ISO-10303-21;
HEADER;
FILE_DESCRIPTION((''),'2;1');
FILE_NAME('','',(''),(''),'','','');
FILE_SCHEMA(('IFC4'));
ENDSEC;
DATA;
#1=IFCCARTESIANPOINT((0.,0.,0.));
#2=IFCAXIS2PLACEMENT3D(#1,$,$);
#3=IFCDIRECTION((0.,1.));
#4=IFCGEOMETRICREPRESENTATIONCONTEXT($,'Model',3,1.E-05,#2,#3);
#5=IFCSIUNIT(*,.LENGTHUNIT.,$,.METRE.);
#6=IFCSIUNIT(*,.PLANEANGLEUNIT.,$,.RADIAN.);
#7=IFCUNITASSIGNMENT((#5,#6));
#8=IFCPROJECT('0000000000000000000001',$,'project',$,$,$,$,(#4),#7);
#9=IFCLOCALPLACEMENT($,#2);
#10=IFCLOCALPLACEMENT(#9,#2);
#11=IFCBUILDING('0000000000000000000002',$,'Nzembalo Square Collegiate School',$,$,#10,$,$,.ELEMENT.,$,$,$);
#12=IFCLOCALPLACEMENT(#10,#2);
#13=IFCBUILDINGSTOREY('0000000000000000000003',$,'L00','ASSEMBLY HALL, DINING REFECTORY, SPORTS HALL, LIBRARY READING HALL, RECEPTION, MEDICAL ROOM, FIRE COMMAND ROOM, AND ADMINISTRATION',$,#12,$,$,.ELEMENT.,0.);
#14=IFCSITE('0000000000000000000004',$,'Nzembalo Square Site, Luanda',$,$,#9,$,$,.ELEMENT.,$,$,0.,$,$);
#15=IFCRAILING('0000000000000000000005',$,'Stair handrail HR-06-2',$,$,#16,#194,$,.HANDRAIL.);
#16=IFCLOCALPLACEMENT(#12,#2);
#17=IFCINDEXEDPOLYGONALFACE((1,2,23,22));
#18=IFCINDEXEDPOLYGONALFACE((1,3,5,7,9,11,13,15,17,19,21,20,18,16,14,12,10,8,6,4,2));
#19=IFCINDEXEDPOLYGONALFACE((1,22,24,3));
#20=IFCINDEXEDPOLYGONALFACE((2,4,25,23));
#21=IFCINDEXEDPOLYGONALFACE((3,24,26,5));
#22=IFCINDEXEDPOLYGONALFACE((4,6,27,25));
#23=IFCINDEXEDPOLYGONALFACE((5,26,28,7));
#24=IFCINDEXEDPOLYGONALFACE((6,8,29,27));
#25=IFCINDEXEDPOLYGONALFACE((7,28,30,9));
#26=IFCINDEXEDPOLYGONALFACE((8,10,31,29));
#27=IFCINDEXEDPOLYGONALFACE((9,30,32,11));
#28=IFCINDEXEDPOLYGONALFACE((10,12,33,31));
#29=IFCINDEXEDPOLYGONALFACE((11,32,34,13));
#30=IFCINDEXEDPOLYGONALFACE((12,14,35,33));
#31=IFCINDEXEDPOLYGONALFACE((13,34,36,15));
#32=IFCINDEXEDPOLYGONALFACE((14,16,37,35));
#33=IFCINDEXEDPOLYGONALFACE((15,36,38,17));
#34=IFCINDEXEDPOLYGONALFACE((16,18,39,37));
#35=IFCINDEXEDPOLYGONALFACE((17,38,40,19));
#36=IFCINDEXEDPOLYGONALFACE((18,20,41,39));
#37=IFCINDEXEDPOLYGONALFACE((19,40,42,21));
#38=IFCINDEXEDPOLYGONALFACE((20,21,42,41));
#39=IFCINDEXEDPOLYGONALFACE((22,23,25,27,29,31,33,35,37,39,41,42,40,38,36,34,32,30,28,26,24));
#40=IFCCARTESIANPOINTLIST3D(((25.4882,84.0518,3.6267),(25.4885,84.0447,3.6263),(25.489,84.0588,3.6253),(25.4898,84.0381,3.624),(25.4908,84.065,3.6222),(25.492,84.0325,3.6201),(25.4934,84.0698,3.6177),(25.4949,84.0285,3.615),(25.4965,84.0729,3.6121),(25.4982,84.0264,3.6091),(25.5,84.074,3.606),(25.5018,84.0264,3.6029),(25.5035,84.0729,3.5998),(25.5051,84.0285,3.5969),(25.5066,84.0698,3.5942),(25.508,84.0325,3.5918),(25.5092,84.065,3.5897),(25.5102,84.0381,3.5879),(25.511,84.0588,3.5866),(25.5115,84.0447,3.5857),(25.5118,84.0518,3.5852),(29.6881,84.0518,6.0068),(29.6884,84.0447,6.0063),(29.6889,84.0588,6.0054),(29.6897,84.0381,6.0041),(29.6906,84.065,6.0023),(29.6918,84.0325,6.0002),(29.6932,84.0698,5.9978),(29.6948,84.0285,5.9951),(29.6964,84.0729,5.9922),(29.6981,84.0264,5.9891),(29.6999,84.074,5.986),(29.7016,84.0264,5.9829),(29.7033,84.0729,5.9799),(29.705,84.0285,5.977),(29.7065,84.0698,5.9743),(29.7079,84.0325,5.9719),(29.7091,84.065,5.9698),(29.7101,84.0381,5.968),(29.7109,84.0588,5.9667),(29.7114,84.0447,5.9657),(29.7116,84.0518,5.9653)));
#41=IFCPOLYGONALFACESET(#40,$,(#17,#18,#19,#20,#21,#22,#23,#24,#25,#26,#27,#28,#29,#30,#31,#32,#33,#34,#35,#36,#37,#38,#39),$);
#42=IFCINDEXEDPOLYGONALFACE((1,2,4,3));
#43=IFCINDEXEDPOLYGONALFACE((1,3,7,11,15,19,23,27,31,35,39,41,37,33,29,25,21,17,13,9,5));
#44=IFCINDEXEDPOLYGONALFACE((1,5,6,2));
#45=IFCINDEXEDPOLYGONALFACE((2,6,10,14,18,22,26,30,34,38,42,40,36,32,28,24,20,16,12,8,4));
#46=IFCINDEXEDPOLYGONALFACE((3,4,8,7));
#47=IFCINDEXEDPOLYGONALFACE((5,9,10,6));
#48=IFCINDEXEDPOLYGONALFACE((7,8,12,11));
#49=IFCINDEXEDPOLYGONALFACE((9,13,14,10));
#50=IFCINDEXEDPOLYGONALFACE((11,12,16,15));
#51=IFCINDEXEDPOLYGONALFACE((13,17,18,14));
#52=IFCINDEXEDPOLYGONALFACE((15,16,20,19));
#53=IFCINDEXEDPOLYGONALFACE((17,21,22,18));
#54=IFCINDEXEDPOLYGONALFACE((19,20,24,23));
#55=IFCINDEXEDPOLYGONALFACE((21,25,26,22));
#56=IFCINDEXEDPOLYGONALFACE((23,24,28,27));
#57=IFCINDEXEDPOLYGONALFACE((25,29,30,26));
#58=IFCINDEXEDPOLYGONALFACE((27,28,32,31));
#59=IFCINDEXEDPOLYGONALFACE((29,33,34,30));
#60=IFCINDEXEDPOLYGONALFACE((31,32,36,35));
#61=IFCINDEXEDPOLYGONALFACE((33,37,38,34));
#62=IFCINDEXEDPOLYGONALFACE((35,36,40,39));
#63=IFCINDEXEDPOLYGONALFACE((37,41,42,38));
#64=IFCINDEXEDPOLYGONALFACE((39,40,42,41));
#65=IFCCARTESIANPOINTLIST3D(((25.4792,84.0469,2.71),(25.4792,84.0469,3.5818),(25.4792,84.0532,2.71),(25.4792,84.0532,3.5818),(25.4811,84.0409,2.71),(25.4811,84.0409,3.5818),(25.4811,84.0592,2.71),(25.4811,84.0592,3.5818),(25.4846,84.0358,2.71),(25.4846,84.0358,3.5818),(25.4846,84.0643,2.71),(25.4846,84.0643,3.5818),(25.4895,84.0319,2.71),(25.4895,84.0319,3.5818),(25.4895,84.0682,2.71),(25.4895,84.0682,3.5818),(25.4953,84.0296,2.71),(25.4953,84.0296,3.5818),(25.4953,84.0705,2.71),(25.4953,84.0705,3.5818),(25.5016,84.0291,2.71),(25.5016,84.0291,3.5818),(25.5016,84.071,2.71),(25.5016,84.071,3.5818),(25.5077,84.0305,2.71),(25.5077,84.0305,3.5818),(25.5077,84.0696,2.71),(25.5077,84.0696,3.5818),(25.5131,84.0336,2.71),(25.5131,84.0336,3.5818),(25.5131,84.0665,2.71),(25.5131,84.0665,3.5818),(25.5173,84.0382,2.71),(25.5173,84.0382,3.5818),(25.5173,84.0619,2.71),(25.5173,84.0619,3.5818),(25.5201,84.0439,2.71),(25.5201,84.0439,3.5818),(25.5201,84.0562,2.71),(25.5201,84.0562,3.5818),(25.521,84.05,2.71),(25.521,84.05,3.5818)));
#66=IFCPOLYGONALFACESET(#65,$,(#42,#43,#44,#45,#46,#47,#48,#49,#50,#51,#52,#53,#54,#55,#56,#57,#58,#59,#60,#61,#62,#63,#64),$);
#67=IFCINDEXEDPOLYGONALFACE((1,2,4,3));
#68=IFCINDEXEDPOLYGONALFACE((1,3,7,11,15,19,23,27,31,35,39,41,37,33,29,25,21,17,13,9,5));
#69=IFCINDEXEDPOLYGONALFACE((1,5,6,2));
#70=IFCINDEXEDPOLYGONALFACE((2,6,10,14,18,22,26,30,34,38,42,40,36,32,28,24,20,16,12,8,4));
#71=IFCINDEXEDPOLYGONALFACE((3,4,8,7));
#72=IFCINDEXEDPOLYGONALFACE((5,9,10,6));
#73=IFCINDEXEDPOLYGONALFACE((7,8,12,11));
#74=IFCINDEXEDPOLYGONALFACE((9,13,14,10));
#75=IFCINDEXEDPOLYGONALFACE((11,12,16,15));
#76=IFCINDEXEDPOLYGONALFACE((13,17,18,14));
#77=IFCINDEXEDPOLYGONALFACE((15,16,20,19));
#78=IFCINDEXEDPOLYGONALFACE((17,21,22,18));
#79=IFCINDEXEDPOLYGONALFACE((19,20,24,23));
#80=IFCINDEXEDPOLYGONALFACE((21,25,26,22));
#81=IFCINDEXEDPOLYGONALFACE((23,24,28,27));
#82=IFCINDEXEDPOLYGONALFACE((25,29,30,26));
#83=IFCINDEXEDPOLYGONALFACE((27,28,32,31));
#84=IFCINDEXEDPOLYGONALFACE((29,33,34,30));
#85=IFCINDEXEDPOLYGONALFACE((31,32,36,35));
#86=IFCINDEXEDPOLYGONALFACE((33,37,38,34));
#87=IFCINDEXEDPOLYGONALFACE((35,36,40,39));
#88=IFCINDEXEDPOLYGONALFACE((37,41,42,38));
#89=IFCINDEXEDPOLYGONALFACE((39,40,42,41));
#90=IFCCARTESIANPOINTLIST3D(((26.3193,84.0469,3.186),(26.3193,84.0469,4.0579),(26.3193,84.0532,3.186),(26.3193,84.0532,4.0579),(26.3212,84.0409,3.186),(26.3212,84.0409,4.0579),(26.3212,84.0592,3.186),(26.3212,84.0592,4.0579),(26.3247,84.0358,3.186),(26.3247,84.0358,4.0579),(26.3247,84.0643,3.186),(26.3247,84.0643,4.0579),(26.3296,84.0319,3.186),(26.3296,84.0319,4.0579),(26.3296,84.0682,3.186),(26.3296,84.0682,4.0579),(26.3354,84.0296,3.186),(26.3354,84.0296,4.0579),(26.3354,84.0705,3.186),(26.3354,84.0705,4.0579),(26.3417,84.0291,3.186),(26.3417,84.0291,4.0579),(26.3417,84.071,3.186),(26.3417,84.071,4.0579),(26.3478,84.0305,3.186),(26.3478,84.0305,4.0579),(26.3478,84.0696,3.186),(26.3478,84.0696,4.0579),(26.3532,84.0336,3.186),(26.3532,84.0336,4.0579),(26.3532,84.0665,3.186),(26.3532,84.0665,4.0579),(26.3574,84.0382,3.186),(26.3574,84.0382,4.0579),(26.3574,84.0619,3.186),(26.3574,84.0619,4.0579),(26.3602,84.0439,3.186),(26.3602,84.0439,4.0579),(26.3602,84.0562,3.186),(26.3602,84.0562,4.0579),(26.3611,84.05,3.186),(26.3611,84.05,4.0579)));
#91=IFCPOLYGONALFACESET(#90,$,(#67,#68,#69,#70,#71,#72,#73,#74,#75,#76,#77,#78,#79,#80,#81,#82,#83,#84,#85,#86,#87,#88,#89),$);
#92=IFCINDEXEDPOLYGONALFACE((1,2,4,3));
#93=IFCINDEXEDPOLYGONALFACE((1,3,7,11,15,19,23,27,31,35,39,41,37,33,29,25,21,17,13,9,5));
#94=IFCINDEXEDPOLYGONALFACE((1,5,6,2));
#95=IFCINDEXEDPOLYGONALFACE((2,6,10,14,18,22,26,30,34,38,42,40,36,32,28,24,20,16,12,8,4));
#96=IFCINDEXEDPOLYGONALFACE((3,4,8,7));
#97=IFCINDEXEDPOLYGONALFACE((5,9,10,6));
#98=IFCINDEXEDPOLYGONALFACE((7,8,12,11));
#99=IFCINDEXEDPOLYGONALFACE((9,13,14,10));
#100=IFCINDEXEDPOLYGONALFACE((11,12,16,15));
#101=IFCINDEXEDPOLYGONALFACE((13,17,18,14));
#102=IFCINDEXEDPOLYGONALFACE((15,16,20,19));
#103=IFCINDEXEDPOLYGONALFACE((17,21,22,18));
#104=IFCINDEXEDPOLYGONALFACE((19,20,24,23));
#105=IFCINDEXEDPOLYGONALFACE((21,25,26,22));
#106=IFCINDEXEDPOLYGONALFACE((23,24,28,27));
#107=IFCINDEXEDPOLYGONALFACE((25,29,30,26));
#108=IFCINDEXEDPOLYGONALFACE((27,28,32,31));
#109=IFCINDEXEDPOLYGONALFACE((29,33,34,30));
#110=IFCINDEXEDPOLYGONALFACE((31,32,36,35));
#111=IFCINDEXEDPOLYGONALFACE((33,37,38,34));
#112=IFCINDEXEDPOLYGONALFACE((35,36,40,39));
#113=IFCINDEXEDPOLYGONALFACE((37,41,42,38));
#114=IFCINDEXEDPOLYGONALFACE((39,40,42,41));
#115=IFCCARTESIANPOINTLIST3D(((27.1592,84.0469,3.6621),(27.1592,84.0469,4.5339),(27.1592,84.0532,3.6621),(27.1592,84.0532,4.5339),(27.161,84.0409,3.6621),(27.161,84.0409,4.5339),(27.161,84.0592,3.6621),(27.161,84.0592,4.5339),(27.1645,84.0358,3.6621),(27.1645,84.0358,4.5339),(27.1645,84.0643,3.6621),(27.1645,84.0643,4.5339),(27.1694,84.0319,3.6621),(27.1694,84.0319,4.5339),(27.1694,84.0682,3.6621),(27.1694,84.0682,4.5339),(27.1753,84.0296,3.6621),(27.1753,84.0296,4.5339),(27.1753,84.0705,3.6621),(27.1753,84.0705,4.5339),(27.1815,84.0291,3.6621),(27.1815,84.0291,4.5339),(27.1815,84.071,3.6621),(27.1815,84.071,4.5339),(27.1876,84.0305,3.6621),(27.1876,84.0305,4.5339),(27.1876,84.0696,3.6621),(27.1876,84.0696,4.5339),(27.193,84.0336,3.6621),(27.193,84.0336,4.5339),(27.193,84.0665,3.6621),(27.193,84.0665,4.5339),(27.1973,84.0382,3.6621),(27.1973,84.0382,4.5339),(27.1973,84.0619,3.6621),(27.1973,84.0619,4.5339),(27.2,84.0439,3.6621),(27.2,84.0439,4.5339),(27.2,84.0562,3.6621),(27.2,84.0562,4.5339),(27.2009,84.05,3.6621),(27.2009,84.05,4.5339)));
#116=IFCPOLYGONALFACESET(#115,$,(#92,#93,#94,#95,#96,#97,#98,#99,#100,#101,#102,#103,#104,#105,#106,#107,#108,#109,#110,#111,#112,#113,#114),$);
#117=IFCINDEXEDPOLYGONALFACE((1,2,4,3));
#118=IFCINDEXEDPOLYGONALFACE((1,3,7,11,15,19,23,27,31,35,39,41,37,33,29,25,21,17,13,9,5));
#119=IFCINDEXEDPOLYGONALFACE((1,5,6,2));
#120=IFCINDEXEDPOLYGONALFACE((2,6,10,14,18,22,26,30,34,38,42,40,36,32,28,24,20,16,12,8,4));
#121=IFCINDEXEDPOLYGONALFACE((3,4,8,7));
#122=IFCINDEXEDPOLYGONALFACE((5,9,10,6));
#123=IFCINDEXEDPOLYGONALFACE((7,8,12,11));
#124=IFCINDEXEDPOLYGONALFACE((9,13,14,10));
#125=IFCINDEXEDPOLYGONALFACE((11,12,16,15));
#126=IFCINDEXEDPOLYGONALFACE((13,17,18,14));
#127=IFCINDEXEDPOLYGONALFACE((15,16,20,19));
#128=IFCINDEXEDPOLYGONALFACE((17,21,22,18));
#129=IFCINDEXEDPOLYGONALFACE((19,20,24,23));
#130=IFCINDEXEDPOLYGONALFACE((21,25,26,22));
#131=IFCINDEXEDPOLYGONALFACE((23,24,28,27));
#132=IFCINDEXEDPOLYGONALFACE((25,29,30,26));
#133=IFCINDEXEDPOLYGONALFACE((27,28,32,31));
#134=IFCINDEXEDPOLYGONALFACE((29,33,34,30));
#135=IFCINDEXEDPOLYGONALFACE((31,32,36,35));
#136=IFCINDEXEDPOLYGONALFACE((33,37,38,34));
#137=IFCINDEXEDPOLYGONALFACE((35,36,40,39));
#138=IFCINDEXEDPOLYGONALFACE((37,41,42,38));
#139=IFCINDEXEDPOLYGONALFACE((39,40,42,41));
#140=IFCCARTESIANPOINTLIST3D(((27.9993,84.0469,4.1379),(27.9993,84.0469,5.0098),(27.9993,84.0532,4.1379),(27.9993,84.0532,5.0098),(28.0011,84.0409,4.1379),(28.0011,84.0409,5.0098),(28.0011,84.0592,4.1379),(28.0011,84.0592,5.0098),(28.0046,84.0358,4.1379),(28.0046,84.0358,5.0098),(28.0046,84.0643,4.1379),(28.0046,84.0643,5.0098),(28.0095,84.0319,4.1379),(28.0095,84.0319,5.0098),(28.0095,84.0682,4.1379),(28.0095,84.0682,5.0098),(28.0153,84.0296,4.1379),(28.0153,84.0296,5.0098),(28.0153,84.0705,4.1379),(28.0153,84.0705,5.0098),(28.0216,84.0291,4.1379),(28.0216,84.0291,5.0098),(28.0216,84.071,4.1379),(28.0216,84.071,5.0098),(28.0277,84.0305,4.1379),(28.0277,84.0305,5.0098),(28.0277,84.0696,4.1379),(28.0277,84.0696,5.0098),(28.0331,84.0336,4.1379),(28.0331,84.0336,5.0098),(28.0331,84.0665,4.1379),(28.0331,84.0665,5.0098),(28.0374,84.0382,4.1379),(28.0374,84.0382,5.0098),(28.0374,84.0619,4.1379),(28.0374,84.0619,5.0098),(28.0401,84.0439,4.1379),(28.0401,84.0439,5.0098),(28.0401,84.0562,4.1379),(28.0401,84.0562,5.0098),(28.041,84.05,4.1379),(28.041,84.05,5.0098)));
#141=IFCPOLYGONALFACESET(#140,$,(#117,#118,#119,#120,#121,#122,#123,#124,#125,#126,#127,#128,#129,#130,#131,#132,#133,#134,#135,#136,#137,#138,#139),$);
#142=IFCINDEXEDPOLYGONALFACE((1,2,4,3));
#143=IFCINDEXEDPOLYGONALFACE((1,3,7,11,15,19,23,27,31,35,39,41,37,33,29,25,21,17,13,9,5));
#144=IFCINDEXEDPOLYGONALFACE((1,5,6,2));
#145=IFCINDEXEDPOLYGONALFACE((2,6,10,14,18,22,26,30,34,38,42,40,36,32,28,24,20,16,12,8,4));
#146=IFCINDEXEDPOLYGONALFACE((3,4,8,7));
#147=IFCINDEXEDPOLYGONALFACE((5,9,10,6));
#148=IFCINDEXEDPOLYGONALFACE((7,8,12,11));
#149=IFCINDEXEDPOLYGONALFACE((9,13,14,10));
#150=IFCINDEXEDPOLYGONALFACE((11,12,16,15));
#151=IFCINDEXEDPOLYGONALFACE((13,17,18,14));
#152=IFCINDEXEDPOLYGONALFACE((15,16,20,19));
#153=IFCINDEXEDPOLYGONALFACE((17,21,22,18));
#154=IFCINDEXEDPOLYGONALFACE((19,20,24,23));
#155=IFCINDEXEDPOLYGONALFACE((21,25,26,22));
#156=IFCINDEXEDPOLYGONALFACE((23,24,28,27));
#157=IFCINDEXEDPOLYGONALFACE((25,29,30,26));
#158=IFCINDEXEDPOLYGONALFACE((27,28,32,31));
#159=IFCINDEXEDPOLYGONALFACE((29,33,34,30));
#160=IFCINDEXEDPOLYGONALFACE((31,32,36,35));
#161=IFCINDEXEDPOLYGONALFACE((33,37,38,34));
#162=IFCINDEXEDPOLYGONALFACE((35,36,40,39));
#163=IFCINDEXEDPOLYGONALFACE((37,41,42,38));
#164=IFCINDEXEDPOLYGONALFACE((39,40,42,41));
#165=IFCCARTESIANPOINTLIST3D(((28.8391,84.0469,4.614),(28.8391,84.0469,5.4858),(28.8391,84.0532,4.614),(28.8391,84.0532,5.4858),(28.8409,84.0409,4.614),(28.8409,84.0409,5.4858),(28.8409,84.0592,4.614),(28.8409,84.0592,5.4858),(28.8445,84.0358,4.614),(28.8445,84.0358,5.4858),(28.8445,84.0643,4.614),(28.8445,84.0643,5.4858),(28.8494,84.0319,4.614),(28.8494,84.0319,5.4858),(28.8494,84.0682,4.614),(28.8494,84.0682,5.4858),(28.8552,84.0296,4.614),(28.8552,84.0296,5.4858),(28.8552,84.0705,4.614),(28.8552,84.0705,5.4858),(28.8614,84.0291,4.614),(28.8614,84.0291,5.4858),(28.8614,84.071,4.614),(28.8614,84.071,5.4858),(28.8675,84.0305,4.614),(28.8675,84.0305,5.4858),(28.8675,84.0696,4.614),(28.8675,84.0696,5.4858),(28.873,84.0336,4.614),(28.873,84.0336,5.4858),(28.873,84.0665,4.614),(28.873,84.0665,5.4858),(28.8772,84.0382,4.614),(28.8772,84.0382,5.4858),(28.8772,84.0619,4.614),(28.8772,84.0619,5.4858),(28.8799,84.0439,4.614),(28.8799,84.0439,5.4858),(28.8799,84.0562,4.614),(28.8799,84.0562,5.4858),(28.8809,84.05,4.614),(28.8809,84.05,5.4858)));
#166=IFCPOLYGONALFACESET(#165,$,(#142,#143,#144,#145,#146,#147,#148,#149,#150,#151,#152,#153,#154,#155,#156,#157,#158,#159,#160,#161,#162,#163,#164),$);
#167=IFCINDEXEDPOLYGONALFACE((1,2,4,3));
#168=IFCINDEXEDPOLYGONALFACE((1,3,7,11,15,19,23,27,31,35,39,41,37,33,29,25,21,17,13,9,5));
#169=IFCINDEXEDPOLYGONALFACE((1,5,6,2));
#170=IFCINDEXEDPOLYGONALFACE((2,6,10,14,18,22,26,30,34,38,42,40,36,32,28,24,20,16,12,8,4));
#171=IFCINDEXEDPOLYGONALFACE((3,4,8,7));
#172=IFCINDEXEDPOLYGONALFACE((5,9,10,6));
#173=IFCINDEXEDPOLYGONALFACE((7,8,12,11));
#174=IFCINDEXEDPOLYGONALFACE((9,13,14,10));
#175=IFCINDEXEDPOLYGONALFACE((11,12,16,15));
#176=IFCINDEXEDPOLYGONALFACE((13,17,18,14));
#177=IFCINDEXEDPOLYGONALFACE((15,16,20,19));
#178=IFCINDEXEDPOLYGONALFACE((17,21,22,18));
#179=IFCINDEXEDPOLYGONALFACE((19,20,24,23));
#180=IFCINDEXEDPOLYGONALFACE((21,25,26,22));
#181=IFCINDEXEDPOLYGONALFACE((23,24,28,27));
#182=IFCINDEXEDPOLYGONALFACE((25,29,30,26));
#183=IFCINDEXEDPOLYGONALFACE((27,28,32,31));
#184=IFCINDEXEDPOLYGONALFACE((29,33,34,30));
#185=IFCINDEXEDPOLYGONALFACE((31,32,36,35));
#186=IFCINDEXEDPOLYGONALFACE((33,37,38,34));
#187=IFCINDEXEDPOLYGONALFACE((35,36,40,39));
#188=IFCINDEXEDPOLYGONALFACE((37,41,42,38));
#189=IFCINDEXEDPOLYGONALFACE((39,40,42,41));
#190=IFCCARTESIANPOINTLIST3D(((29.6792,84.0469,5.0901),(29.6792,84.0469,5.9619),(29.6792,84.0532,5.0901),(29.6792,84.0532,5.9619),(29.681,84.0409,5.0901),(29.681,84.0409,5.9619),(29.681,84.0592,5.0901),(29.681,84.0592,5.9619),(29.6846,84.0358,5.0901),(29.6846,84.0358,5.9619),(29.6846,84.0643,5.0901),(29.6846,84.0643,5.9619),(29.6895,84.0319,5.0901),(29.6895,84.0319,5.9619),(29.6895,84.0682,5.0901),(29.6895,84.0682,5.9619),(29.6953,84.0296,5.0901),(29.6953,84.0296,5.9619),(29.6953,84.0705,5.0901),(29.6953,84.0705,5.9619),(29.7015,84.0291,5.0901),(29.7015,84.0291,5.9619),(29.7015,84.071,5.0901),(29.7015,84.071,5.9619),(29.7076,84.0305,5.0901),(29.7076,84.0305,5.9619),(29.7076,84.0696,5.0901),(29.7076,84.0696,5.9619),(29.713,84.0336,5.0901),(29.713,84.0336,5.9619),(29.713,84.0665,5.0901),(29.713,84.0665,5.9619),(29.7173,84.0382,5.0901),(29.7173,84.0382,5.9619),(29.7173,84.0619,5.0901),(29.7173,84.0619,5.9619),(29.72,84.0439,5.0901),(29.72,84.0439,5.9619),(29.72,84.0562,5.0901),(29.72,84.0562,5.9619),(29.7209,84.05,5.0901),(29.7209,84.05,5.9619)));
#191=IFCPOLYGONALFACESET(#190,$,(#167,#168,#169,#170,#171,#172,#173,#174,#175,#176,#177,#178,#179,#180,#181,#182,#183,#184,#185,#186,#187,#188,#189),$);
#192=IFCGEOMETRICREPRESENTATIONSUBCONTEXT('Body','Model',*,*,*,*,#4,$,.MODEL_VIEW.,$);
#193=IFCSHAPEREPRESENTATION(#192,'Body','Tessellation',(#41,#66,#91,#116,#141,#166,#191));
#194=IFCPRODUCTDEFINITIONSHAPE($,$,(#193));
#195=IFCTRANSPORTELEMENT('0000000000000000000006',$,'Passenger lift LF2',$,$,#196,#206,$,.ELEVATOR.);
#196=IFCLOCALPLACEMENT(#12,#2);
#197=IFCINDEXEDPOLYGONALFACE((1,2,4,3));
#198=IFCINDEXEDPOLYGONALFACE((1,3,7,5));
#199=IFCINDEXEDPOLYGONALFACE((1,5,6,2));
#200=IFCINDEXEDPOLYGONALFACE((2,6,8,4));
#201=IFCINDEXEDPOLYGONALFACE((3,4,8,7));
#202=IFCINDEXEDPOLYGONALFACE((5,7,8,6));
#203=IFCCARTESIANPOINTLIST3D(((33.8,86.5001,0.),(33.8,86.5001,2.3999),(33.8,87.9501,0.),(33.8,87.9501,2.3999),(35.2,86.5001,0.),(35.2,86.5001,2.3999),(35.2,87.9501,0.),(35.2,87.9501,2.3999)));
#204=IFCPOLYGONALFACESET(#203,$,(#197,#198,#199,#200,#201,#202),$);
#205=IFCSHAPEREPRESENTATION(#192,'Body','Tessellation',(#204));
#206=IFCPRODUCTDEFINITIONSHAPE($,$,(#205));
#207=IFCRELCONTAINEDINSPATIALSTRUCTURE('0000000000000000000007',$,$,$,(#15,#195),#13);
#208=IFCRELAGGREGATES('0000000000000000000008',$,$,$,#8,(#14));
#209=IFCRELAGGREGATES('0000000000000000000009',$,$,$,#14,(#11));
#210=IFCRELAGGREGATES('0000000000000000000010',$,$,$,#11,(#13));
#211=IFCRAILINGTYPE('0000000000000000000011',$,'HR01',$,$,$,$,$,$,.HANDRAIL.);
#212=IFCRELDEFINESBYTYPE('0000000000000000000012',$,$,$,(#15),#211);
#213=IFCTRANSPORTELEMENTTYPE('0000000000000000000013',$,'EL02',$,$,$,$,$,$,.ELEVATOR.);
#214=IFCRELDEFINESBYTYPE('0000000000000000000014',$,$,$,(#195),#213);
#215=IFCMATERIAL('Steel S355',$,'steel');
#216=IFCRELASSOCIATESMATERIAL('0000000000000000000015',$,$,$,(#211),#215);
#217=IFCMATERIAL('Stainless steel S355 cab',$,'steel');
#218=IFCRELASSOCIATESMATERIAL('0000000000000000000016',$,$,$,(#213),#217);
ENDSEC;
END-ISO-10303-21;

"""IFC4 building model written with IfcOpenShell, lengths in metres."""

from ifc_helpers import new_model, si_unit, direction, frame, origin, origin_2d, place, context, subcontext, project, spatial, rectangle, circle, extrude, material, type_object, element, save


model = new_model("IFC4")

# Units and contexts
model_context = context("Model", 3, precision=1e-05, world=origin(), true_north=direction((0.0, 1.0)))
body_context = subcontext(model_context, "Body", "Model", "MODEL_VIEW")
ifc_project = project(units=[si_unit("LENGTHUNIT", "METRE"), si_unit("PLANEANGLEUNIT", "RADIAN")], contexts=[model_context])

# Site, building, storey
site_placement = place(None, origin())
site = spatial("IfcSite", under=ifc_project, at=site_placement, Name="Nzembalo Square Site, Luanda", CompositionType="ELEMENT", RefElevation=0.0)
building_placement = place(site_placement, origin())
building = spatial("IfcBuilding", under=site, at=building_placement, Name="Nzembalo Square Collegiate School", CompositionType="ELEMENT")
storey_placement = place(building_placement, origin())
storey = spatial("IfcBuildingStorey", under=building, at=storey_placement, Name="L00", Description="ASSEMBLY HALL, DINING REFECTORY, SPORTS HALL, LIBRARY READING HALL, RECEPTION, MEDICAL ROOM, FIRE COMMAND ROOM, AND ADMINISTRATION", CompositionType="ELEMENT", Elevation=0.0)

# Railing
ifc_material_1 = material(Name="Steel S355", Category="steel")
railing_type_1 = type_object("IfcRailingType", Name="HR01", PredefinedType="HANDRAIL", material=ifc_material_1)
railing_1_placement = place(storey_placement, frame((25.5, 84.05, 2.71)))
element("IfcRailing", 1, at=railing_1_placement, inside=storey, type_object=railing_type_1, Name="Stair handrail HR-06-2", PredefinedType="HANDRAIL", context=body_context, shape_type="SweptSolid", body=[
    extrude(circle(Radius=0.0239, at=origin_2d()), frame((0.0, 0.0, 0.896), z_axis=(0.870008, 0.0, 0.493037), x_axis=(0.0, 1.0, 0.0)), (0.0, 0.0, 1.0), 4.8274),
    extrude(circle(Radius=0.021, at=origin_2d()), origin(), (0.0, 0.0, 1.0), 0.8718),
    extrude(circle(Radius=0.021, at=origin_2d()), frame((0.8401, 0.0, 0.4761)), (0.0, 0.0, 1.0), 0.8718),
    extrude(circle(Radius=0.021, at=origin_2d()), frame((1.6799, 0.0, 0.9521)), (0.0, 0.0, 1.0), 0.8718),
    extrude(circle(Radius=0.021, at=origin_2d()), frame((2.52, 0.0, 1.428)), (0.0, 0.0, 1.0), 0.8718),
    extrude(circle(Radius=0.021, at=origin_2d()), frame((3.3599, 0.0, 1.9041)), (0.0, 0.0, 1.0), 0.8718),
    extrude(circle(Radius=0.021, at=origin_2d()), frame((4.2, 0.0, 2.3801)), (0.0, 0.0, 1.0), 0.8718),
])

# Transport element
ifc_material_2 = material(Name="Stainless steel S355 cab", Category="steel")
transport_element_type = type_object("IfcTransportElementType", Name="EL02", PredefinedType="ELEVATOR", material=ifc_material_2)
transport_element_placement = place(storey_placement, frame((34.5, 87.2251, 0.0), z_axis=(0.0, 0.0, 1.0), x_axis=(1.0, 0.0, 0.0)))
element("IfcTransportElement", 2, at=transport_element_placement, inside=storey, type_object=transport_element_type, Name="Passenger lift LF2", PredefinedType="ELEVATOR", context=body_context, shape_type="SweptSolid", body=[
    extrude(rectangle(XDim=1.3999, YDim=1.45, at=origin_2d()), origin(), (0.0, 0.0, 1.0), 2.3999),
])

save(model, "model.ifc")
